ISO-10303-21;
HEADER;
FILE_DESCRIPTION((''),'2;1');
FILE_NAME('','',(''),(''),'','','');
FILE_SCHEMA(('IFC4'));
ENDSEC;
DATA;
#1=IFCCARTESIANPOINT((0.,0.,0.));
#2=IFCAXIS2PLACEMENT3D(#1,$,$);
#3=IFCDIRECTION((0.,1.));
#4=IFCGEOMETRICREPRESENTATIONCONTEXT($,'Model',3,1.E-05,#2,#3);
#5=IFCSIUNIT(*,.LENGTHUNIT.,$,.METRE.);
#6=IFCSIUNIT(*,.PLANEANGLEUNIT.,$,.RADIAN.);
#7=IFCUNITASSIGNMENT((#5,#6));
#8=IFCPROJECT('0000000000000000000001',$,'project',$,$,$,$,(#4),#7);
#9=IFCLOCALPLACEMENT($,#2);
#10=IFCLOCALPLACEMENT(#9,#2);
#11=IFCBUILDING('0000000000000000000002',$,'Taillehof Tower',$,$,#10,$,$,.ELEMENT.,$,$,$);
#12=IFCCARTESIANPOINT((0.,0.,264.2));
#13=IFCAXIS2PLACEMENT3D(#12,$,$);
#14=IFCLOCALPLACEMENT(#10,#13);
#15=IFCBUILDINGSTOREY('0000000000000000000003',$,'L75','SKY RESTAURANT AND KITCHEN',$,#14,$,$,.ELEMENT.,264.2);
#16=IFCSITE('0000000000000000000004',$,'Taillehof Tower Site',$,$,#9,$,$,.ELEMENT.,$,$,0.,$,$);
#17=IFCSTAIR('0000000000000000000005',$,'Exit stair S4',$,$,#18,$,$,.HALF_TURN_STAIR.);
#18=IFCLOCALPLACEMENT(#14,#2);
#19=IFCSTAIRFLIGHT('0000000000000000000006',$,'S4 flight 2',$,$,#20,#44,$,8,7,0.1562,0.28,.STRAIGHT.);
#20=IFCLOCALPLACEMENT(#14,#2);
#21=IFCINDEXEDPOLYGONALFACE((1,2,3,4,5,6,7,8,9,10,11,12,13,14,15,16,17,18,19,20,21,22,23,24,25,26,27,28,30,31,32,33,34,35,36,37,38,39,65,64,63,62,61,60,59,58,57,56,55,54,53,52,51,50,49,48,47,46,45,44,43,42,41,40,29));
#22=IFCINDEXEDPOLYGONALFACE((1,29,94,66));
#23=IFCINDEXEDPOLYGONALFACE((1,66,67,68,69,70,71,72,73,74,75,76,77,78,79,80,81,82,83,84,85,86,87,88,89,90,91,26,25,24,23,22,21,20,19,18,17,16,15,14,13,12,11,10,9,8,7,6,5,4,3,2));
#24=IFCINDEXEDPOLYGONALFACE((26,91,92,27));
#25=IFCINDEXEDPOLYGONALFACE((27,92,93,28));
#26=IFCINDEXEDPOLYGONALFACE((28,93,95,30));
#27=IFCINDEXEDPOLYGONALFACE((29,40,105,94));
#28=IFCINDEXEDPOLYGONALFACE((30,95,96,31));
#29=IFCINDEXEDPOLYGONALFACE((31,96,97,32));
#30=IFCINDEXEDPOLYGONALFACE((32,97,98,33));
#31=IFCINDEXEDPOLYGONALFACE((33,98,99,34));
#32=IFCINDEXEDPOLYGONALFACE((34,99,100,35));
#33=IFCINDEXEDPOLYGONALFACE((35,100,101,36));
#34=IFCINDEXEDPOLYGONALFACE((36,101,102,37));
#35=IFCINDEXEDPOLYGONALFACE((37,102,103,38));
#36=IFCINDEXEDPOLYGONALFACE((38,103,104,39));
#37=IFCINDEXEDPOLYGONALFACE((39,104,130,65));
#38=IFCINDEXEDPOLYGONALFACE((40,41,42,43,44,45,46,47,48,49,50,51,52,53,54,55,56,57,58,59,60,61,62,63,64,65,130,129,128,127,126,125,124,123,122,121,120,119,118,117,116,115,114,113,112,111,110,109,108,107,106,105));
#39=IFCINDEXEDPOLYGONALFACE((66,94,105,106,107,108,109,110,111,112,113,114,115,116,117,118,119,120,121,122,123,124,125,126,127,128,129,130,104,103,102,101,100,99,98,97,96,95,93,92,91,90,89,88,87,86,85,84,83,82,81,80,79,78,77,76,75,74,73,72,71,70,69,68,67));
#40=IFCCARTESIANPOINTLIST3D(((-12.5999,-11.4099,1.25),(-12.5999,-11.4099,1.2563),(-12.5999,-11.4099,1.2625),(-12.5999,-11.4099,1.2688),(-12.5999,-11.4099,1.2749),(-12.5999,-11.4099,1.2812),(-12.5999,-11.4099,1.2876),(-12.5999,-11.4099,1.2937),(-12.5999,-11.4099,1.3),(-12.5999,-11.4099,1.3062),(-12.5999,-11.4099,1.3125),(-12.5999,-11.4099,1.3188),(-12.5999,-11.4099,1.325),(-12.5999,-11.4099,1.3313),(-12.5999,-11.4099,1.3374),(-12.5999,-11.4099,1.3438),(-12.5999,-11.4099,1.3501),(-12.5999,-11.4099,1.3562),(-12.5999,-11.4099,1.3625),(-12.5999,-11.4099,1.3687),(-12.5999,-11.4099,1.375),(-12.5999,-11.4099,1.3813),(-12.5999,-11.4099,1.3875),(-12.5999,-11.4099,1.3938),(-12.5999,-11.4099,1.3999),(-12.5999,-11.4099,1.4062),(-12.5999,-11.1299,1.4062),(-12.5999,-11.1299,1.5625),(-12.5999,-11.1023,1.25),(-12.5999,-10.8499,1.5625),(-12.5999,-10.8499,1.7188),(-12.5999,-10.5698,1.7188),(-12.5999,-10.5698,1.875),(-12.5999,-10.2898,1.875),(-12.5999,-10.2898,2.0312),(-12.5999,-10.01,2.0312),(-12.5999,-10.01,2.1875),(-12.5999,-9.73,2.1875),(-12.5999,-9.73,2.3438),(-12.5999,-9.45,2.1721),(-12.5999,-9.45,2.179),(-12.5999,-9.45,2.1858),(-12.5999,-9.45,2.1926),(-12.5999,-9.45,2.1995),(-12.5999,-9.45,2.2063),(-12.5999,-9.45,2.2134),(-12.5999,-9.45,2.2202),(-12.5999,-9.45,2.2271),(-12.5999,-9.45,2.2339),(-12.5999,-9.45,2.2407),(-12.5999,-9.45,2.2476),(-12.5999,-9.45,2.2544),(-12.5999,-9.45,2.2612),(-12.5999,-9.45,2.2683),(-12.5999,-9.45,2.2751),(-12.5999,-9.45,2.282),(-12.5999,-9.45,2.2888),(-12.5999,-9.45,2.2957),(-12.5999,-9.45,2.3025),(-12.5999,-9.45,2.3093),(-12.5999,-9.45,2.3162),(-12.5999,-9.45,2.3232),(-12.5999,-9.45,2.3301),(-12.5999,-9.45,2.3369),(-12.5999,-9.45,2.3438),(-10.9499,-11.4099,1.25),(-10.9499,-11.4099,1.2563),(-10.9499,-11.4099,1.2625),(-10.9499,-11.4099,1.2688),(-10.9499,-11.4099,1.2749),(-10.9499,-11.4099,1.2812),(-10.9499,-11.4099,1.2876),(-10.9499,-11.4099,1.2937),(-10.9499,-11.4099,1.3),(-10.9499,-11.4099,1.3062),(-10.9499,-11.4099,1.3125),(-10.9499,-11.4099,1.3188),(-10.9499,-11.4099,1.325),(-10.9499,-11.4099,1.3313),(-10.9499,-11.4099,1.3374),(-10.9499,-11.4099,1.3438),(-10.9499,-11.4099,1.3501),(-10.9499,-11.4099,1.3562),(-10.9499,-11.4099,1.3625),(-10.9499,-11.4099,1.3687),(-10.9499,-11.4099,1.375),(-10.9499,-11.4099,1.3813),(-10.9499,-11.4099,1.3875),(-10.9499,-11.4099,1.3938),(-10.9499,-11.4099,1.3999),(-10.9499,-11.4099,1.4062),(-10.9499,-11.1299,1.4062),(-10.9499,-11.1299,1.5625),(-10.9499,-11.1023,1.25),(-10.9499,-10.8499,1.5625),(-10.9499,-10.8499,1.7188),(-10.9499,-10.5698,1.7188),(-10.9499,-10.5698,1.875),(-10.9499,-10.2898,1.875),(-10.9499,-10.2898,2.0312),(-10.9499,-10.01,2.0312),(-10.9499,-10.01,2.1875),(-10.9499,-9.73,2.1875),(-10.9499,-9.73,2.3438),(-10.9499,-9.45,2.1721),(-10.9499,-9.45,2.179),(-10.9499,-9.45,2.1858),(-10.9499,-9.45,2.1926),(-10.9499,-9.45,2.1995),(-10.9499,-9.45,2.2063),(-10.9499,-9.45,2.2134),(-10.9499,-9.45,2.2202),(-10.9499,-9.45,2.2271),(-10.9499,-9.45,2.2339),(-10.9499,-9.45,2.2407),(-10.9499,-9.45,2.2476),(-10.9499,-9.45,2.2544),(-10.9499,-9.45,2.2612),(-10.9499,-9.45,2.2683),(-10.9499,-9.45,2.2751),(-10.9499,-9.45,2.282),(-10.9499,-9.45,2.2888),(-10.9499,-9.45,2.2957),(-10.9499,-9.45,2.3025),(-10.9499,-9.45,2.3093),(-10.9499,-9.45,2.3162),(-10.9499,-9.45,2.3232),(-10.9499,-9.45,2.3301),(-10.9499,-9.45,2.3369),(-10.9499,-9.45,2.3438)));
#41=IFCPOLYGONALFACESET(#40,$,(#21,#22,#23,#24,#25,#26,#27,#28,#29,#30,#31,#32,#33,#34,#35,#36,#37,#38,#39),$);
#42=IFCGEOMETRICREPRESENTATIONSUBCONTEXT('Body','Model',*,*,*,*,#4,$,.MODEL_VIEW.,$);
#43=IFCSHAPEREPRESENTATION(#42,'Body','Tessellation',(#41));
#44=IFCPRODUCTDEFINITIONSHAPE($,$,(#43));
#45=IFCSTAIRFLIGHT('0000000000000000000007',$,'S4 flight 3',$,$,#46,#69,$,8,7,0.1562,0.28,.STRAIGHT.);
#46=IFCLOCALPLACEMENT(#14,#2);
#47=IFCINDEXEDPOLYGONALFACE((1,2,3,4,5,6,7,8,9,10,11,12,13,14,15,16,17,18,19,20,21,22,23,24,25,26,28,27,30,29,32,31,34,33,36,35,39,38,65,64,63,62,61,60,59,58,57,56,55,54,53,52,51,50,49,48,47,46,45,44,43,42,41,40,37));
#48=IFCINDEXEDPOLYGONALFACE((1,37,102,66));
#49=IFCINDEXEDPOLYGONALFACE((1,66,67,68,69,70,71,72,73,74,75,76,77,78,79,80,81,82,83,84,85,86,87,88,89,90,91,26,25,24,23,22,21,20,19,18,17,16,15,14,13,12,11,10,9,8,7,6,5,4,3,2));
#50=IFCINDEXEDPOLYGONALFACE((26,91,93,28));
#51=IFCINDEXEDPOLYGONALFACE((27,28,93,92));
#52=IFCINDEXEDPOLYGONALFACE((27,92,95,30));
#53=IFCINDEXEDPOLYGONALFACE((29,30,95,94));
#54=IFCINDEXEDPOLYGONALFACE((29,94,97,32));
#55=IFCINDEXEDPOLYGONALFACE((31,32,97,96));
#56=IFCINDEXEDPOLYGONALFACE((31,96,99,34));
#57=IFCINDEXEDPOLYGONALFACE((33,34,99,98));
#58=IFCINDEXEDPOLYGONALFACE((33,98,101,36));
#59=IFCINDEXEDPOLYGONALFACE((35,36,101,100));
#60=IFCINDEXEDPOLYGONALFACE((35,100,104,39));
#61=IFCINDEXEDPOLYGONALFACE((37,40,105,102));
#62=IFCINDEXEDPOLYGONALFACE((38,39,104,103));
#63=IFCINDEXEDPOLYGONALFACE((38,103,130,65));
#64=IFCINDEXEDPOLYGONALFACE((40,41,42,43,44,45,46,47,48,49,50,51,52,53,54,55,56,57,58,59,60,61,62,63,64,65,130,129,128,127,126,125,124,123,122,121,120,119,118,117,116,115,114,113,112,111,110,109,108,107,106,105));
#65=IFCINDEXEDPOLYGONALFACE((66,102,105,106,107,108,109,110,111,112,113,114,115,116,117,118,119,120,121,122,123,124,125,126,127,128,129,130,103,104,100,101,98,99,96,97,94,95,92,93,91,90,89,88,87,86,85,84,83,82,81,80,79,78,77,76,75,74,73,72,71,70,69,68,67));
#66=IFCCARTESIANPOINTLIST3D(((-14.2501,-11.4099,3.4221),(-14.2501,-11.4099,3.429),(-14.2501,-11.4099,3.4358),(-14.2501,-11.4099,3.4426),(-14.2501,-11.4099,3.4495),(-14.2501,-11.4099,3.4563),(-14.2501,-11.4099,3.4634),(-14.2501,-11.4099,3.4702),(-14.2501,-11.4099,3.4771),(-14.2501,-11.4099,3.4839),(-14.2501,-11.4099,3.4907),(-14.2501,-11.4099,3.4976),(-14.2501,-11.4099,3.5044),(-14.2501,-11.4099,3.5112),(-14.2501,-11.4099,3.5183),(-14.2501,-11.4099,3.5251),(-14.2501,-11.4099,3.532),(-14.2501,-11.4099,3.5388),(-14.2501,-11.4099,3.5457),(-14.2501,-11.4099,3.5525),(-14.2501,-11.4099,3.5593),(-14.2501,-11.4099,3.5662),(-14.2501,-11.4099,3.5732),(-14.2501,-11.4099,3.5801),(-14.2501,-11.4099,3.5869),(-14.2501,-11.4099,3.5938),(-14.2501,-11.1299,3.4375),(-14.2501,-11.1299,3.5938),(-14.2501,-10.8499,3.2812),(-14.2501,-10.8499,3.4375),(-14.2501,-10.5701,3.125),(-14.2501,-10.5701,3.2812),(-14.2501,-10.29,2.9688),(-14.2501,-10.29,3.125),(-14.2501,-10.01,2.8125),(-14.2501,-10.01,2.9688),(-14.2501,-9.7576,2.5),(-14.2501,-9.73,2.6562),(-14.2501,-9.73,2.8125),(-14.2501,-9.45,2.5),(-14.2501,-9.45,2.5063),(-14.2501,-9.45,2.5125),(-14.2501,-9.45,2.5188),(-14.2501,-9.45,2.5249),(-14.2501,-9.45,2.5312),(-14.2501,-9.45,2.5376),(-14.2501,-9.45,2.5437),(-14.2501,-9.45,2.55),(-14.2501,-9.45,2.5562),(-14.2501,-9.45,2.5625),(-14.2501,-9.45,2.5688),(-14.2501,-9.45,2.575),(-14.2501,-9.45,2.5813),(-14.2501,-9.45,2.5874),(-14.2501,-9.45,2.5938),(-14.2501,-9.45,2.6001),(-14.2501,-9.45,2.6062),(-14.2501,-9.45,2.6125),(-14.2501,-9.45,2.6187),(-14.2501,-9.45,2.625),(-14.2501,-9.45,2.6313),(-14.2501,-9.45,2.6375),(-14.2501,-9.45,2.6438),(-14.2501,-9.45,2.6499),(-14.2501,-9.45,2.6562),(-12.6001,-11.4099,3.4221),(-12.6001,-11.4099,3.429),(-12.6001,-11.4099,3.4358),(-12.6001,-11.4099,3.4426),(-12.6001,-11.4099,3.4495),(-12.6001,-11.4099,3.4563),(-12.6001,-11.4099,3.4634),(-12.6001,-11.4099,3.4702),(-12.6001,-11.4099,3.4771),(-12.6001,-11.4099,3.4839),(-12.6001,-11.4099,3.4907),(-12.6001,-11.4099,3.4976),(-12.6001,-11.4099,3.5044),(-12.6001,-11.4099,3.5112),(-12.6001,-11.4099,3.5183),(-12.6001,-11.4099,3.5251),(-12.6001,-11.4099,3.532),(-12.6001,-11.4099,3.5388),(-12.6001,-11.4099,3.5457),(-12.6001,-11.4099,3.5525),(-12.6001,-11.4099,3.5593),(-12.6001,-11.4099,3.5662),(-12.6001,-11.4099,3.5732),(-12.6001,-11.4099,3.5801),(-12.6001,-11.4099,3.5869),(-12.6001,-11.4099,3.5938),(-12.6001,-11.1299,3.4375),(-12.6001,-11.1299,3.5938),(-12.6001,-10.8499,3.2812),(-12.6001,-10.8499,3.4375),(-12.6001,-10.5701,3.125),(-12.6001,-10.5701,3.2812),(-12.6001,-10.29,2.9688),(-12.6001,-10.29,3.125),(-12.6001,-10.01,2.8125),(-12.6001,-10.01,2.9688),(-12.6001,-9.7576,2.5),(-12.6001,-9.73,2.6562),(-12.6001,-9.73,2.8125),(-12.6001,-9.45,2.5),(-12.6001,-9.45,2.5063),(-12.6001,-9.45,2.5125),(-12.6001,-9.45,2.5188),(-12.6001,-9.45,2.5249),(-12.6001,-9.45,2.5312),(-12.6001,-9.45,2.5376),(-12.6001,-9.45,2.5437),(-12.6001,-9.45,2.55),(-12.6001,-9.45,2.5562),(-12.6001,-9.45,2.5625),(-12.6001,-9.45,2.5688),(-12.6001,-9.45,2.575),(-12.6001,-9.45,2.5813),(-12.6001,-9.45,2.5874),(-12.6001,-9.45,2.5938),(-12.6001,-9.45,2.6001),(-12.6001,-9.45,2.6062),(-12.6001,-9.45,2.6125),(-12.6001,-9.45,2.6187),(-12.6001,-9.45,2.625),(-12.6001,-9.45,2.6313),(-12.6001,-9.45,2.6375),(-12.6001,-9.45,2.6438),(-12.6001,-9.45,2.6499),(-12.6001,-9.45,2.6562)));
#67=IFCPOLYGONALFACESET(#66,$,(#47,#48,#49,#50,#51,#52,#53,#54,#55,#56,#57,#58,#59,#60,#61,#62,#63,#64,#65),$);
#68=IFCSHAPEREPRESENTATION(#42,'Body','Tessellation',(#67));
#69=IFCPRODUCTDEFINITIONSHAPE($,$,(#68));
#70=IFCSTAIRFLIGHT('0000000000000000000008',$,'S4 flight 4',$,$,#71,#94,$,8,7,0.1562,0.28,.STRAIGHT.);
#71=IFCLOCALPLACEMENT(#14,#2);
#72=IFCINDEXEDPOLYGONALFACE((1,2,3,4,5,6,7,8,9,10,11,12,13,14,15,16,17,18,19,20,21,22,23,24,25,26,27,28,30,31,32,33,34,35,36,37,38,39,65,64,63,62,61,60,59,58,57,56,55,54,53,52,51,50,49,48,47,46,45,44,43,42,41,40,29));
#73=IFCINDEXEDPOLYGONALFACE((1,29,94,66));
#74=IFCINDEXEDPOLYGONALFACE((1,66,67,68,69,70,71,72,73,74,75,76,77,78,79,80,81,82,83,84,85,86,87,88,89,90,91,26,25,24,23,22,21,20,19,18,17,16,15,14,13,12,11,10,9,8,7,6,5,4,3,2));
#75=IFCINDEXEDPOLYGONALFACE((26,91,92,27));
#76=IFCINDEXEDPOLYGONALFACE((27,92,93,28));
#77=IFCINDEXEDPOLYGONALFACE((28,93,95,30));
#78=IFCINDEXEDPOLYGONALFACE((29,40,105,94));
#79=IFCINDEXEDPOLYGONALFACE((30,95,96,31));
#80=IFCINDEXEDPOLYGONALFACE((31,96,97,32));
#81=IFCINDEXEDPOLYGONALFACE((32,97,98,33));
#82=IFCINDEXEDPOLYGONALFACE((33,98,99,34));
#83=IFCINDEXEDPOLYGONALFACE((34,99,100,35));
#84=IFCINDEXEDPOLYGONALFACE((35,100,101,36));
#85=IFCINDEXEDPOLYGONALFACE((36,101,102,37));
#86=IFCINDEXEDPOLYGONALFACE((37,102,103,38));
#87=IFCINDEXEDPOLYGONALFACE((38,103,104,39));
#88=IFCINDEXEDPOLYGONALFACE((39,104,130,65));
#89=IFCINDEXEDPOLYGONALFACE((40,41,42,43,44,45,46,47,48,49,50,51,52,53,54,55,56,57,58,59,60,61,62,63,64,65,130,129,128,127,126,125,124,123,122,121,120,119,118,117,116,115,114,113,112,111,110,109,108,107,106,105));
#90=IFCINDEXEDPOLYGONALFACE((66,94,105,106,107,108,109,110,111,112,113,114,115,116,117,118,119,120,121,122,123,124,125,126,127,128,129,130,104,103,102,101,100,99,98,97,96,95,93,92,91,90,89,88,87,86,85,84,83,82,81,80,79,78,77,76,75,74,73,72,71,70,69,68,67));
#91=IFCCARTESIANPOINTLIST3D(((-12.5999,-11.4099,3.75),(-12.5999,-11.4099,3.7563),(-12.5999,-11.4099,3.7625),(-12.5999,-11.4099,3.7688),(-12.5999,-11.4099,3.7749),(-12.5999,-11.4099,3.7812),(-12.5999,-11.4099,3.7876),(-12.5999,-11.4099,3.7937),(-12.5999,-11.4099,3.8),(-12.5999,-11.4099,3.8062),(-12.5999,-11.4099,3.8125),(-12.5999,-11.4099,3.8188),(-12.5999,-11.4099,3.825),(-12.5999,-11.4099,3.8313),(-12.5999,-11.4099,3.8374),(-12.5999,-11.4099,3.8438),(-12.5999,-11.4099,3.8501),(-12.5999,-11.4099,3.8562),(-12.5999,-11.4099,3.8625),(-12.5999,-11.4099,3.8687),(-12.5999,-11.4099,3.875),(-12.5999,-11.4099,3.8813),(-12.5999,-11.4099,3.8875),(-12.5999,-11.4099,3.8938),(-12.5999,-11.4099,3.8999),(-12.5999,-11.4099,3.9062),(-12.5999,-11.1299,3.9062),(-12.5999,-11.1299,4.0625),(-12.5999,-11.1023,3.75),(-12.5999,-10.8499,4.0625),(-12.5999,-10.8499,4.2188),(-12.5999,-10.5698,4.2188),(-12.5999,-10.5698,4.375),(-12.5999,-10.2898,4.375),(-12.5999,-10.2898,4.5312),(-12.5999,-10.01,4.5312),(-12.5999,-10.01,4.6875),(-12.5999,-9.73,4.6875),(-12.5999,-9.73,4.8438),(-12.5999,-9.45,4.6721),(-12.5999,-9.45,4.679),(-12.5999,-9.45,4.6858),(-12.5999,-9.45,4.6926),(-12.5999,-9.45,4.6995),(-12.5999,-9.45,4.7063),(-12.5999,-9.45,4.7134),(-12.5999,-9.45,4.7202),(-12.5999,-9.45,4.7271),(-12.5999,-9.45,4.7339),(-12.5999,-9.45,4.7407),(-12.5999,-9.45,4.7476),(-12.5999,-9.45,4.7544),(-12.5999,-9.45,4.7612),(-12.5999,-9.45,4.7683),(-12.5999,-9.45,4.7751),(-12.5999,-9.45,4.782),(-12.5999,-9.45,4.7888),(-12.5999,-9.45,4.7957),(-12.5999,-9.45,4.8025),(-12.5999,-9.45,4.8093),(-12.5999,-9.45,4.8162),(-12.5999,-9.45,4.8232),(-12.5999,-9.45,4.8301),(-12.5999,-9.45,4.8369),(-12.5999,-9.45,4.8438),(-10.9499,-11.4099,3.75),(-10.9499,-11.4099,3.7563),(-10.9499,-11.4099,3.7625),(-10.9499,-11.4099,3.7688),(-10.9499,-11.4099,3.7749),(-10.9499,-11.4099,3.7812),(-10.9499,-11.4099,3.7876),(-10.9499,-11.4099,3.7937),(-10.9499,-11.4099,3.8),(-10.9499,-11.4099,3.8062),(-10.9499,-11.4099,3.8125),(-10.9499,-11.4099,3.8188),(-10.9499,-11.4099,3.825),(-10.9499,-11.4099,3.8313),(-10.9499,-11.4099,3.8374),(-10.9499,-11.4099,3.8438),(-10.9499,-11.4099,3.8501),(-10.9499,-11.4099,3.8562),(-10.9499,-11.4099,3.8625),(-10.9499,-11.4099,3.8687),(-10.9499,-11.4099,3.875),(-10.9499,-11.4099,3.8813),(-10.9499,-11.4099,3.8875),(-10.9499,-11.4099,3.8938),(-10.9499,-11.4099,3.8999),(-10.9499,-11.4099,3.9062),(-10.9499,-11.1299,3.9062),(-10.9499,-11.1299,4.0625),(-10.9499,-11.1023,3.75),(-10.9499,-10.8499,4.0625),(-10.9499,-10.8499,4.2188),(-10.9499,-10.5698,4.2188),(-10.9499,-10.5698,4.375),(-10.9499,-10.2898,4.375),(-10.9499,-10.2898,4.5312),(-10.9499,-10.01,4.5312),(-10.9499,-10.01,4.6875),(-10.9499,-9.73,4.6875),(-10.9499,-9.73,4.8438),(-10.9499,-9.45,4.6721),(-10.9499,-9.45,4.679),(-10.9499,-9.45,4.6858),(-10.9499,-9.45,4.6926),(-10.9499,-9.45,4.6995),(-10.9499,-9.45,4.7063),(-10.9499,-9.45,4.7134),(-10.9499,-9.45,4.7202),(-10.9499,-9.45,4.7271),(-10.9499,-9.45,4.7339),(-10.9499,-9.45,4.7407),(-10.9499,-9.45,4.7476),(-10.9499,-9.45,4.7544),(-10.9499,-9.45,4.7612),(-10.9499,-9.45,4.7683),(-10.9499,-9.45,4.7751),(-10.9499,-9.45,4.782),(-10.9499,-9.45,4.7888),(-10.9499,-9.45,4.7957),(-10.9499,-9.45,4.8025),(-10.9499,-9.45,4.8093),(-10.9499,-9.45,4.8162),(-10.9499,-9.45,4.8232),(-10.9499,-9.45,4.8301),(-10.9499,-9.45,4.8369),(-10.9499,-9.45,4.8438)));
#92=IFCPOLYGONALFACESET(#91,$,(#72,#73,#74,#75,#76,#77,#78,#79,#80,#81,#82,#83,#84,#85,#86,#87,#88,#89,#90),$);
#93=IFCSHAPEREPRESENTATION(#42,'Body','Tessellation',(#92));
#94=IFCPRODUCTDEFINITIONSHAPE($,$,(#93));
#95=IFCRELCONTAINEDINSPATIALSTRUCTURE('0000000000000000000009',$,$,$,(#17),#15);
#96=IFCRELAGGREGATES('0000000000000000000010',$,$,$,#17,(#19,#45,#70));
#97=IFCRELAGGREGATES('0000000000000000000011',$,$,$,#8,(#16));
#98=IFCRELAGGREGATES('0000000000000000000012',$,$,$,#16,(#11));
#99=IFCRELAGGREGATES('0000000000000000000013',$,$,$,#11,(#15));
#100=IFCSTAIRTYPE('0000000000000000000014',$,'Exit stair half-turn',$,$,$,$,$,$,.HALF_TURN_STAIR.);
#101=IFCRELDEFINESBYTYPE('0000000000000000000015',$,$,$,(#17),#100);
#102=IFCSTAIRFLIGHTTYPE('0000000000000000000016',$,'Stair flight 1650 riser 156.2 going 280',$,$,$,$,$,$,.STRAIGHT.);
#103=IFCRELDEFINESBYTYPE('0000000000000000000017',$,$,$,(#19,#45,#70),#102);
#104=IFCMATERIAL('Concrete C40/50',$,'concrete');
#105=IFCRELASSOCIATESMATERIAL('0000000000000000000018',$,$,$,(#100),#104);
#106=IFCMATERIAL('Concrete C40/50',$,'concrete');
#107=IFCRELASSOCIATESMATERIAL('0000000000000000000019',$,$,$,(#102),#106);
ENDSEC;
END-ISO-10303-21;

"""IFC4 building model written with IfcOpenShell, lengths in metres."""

from ifc_helpers import new_model, si_unit, direction, frame, origin, place, context, subcontext, project, spatial, polyline, outline, extrude, material, type_object, element, aggregate, save


model = new_model("IFC4")

# Units and contexts
model_context = context("Model", 3, precision=1e-05, world=origin(), true_north=direction((0.0, 1.0)))
body_context = subcontext(model_context, "Body", "Model", "MODEL_VIEW")
ifc_project = project(units=[si_unit("LENGTHUNIT", "METRE"), si_unit("PLANEANGLEUNIT", "RADIAN")], contexts=[model_context])

# Site, building, storey
site_placement = place(None, origin())
site = spatial("IfcSite", under=ifc_project, at=site_placement, Name="Taillehof Tower Site", CompositionType="ELEMENT", RefElevation=0.0)
building_placement = place(site_placement, origin())
building = spatial("IfcBuilding", under=site, at=building_placement, Name="Taillehof Tower", CompositionType="ELEMENT")
storey_placement = place(building_placement, frame((0.0, 0.0, 264.2)))
storey = spatial("IfcBuildingStorey", under=building, at=storey_placement, Name="L75", Description="SKY RESTAURANT AND KITCHEN", CompositionType="ELEMENT", Elevation=264.2)

# Stair, stair flights
ifc_material_1 = material(Name="Concrete C40/50", Category="concrete")
stair_type = type_object("IfcStairType", Name="Exit stair half-turn", PredefinedType="HALF_TURN_STAIR", material=ifc_material_1)
stair_placement = place(storey_placement, origin())
stair = element("IfcStair", 1, at=stair_placement, inside=storey, type_object=stair_type, Name="Exit stair S4", PredefinedType="HALF_TURN_STAIR")
ifc_material_2 = material(Name="Concrete C40/50", Category="concrete")
stair_flight_type = type_object("IfcStairFlightType", Name="Stair flight 1650 riser 156.2 going 280", PredefinedType="STRAIGHT", material=ifc_material_2)
stair_flight_1_placement = place(storey_placement, frame((-11.7749, -11.4099, 1.25), z_axis=(0.0, 0.0, 1.0), x_axis=(0.0, 1.0, 0.0)))
stair_flight_1 = element("IfcStairFlight", 2, at=stair_flight_1_placement, type_object=stair_flight_type, Name="S4 flight 2", NumberOfRisers=8, NumberOfTreads=7, PredefinedType="STRAIGHT", RiserHeight=0.1562, TreadLength=0.28, context=body_context, shape_type="SweptSolid", body=[
    extrude(outline(polyline([(0.0, 0.0), (0.0, 0.0063), (0.0, 0.0125), (0.0, 0.0188), (0.0, 0.0249), (0.0, 0.0312), (0.0, 0.0376), (0.0, 0.0437), (0.0, 0.05), (0.0, 0.0562), (0.0, 0.0625), (0.0, 0.0688), (0.0, 0.075), (0.0, 0.0813), (0.0, 0.0874), (0.0, 0.0938), (0.0, 0.1001), (0.0, 0.1062), (0.0, 0.1125), (0.0, 0.1187), (0.0, 0.125), (0.0, 0.1313), (0.0, 0.1375), (0.0, 0.1438), (0.0, 0.1499), (0.0, 0.1562), (0.28, 0.1562), (0.28, 0.3125), (0.5601, 0.3125), (0.5601, 0.4688), (0.8401, 0.4688), (0.8401, 0.625), (1.1201, 0.625), (1.1201, 0.7812), (1.3999, 0.7812), (1.3999, 0.9375), (1.6799, 0.9375), (1.6799, 1.0938), (1.96, 1.0938), (1.96, 1.0869), (1.96, 1.0801), (1.96, 1.0732), (1.96, 1.0662), (1.96, 1.0593), (1.96, 1.0525), (1.96, 1.0457), (1.96, 1.0388), (1.96, 1.032), (1.96, 1.0251), (1.96, 1.0183), (1.96, 1.0112), (1.96, 1.0044), (1.96, 0.9976), (1.96, 0.9907), (1.96, 0.9839), (1.96, 0.9771), (1.96, 0.9702), (1.96, 0.9634), (1.96, 0.9563), (1.96, 0.9495), (1.96, 0.9426), (1.96, 0.9358), (1.96, 0.929), (1.96, 0.9221), (0.3076, 0.0), (0.0, 0.0)])), frame((0.0, 0.825, 0.0), z_axis=(0.0, -1.0, 0.0), x_axis=(1.0, 0.0, 0.0)), (0.0, 0.0, 1.0), 1.65),
])
stair_flight_2_placement = place(storey_placement, frame((-13.425, -9.45, 2.5), z_axis=(0.0, 0.0, 1.0), x_axis=(0.0, -1.0, 0.0)))
stair_flight_2 = element("IfcStairFlight", 3, at=stair_flight_2_placement, type_object=stair_flight_type, Name="S4 flight 3", NumberOfRisers=8, NumberOfTreads=7, PredefinedType="STRAIGHT", RiserHeight=0.1562, TreadLength=0.28, context=body_context, shape_type="SweptSolid", body=[
    extrude(outline(polyline([(0.0, 0.0), (0.0, 0.0063), (0.0, 0.0125), (0.0, 0.0188), (0.0, 0.0249), (0.0, 0.0312), (0.0, 0.0376), (0.0, 0.0437), (0.0, 0.05), (0.0, 0.0562), (0.0, 0.0625), (0.0, 0.0688), (0.0, 0.075), (0.0, 0.0813), (0.0, 0.0874), (0.0, 0.0938), (0.0, 0.1001), (0.0, 0.1062), (0.0, 0.1125), (0.0, 0.1187), (0.0, 0.125), (0.0, 0.1313), (0.0, 0.1375), (0.0, 0.1438), (0.0, 0.1499), (0.0, 0.1562), (0.28, 0.1562), (0.28, 0.3125), (0.5601, 0.3125), (0.5601, 0.4688), (0.8401, 0.4688), (0.8401, 0.625), (1.1201, 0.625), (1.1201, 0.7812), (1.3999, 0.7812), (1.3999, 0.9375), (1.6799, 0.9375), (1.6799, 1.0938), (1.96, 1.0938), (1.96, 1.0869), (1.96, 1.0801), (1.96, 1.0732), (1.96, 1.0662), (1.96, 1.0593), (1.96, 1.0525), (1.96, 1.0457), (1.96, 1.0388), (1.96, 1.032), (1.96, 1.0251), (1.96, 1.0183), (1.96, 1.0112), (1.96, 1.0044), (1.96, 0.9976), (1.96, 0.9907), (1.96, 0.9839), (1.96, 0.9771), (1.96, 0.9702), (1.96, 0.9634), (1.96, 0.9563), (1.96, 0.9495), (1.96, 0.9426), (1.96, 0.9358), (1.96, 0.929), (1.96, 0.9221), (0.3076, 0.0), (0.0, 0.0)])), frame((0.0, 0.825, 0.0), z_axis=(0.0, -1.0, 0.0), x_axis=(1.0, 0.0, 0.0)), (0.0, 0.0, 1.0), 1.65),
])
stair_flight_3_placement = place(storey_placement, frame((-11.7749, -11.4099, 3.75), z_axis=(0.0, 0.0, 1.0), x_axis=(0.0, 1.0, 0.0)))
stair_flight_3 = element("IfcStairFlight", 4, at=stair_flight_3_placement, type_object=stair_flight_type, Name="S4 flight 4", NumberOfRisers=8, NumberOfTreads=7, PredefinedType="STRAIGHT", RiserHeight=0.1562, TreadLength=0.28, context=body_context, shape_type="SweptSolid", body=[
    extrude(outline(polyline([(0.0, 0.0), (0.0, 0.0063), (0.0, 0.0125), (0.0, 0.0188), (0.0, 0.0249), (0.0, 0.0312), (0.0, 0.0376), (0.0, 0.0437), (0.0, 0.05), (0.0, 0.0562), (0.0, 0.0625), (0.0, 0.0688), (0.0, 0.075), (0.0, 0.0813), (0.0, 0.0874), (0.0, 0.0938), (0.0, 0.1001), (0.0, 0.1062), (0.0, 0.1125), (0.0, 0.1187), (0.0, 0.125), (0.0, 0.1313), (0.0, 0.1375), (0.0, 0.1438), (0.0, 0.1499), (0.0, 0.1562), (0.28, 0.1562), (0.28, 0.3125), (0.5601, 0.3125), (0.5601, 0.4688), (0.8401, 0.4688), (0.8401, 0.625), (1.1201, 0.625), (1.1201, 0.7812), (1.3999, 0.7812), (1.3999, 0.9375), (1.6799, 0.9375), (1.6799, 1.0938), (1.96, 1.0938), (1.96, 1.0869), (1.96, 1.0801), (1.96, 1.0732), (1.96, 1.0662), (1.96, 1.0593), (1.96, 1.0525), (1.96, 1.0457), (1.96, 1.0388), (1.96, 1.032), (1.96, 1.0251), (1.96, 1.0183), (1.96, 1.0112), (1.96, 1.0044), (1.96, 0.9976), (1.96, 0.9907), (1.96, 0.9839), (1.96, 0.9771), (1.96, 0.9702), (1.96, 0.9634), (1.96, 0.9563), (1.96, 0.9495), (1.96, 0.9426), (1.96, 0.9358), (1.96, 0.929), (1.96, 0.9221), (0.3076, 0.0), (0.0, 0.0)])), frame((0.0, 0.825, 0.0), z_axis=(0.0, -1.0, 0.0), x_axis=(1.0, 0.0, 0.0)), (0.0, 0.0, 1.0), 1.65),
])
aggregate(stair, [stair_flight_1, stair_flight_2, stair_flight_3])

save(model, "model.ifc")
